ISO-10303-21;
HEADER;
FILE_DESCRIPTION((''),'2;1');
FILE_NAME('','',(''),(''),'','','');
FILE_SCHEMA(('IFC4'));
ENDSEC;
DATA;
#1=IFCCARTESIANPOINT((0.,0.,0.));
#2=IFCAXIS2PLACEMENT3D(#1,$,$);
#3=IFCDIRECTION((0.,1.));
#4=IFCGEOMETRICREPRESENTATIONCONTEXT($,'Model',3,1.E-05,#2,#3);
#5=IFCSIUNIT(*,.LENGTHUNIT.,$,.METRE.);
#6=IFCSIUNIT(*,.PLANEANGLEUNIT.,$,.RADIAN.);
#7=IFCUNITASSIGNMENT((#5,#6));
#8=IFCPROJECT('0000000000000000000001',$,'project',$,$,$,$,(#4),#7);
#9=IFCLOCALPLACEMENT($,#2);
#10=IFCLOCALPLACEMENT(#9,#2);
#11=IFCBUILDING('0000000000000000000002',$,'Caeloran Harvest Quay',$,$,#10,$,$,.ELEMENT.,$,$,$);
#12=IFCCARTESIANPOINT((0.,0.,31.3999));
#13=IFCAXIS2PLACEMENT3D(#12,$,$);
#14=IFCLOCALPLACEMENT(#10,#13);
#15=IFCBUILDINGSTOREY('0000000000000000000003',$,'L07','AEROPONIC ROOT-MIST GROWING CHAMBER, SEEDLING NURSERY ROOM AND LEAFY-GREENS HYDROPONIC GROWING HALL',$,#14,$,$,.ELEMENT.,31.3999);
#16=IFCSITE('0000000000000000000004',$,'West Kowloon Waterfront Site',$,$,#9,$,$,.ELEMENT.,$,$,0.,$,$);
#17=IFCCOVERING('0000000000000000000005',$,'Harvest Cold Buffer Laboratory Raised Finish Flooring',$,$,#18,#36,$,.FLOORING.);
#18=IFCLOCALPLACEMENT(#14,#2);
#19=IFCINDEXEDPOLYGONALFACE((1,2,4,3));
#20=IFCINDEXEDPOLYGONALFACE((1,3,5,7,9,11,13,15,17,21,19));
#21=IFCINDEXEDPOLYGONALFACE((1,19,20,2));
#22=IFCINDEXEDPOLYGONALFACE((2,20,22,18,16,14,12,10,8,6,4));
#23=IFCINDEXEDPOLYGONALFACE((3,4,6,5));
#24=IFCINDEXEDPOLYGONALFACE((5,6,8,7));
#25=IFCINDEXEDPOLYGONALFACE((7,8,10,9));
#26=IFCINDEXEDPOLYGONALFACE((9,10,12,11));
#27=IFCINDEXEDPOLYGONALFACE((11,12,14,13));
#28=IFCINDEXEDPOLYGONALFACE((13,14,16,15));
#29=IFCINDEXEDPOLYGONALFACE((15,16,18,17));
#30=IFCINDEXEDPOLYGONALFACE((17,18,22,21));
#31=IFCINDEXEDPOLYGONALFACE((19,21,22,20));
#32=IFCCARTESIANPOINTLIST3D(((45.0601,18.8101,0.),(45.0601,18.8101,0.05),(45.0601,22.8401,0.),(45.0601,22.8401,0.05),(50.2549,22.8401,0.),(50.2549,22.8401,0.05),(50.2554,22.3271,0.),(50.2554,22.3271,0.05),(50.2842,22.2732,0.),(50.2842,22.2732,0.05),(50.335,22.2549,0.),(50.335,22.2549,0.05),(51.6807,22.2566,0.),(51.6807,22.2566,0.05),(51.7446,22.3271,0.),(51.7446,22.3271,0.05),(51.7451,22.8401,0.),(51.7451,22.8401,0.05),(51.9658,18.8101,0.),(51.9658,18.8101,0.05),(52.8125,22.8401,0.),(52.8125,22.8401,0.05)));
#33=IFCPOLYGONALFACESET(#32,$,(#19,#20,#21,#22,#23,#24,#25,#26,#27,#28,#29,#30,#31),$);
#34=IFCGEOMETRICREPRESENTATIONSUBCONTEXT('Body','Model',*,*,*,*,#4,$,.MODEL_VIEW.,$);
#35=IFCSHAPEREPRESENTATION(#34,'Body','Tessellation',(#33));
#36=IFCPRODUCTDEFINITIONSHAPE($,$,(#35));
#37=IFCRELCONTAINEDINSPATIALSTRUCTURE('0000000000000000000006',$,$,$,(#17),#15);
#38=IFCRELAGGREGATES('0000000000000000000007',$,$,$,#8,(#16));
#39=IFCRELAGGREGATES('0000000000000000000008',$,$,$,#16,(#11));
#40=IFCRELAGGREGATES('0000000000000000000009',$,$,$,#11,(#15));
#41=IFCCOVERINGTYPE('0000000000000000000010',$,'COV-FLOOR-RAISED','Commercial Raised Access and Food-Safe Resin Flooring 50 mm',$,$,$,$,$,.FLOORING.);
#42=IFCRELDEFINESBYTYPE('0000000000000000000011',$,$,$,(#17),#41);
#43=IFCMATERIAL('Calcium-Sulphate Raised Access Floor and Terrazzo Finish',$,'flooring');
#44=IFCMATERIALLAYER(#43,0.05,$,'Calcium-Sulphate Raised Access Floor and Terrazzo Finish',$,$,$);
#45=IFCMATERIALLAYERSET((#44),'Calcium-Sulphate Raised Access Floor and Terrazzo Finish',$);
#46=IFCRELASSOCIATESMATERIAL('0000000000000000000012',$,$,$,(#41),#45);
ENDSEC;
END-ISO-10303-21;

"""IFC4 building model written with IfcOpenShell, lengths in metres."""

from ifc_helpers import new_model, si_unit, direction, frame, origin, place, context, subcontext, project, spatial, polyline, outline, extrude, material, layer, layer_set, type_object, element, save


model = new_model("IFC4")

# Units and contexts
model_context = context("Model", 3, precision=1e-05, world=origin(), true_north=direction((0.0, 1.0)))
body_context = subcontext(model_context, "Body", "Model", "MODEL_VIEW")
ifc_project = project(units=[si_unit("LENGTHUNIT", "METRE"), si_unit("PLANEANGLEUNIT", "RADIAN")], contexts=[model_context])

# Site, building, storey
site_placement = place(None, origin())
site = spatial("IfcSite", under=ifc_project, at=site_placement, Name="West Kowloon Waterfront Site", CompositionType="ELEMENT", RefElevation=0.0)
building_placement = place(site_placement, origin())
building = spatial("IfcBuilding", under=site, at=building_placement, Name="Caeloran Harvest Quay", CompositionType="ELEMENT")
storey_placement = place(building_placement, frame((0.0, 0.0, 31.3999)))
storey = spatial("IfcBuildingStorey", under=building, at=storey_placement, Name="L07", Description="AEROPONIC ROOT-MIST GROWING CHAMBER, SEEDLING NURSERY ROOM AND LEAFY-GREENS HYDROPONIC GROWING HALL", CompositionType="ELEMENT", Elevation=31.3999)

# Covering
ifc_material_1 = material(Name="Calcium-Sulphate Raised Access Floor and Terrazzo Finish", Category="flooring")
ifc_layer_1 = layer(ifc_material_1, 0.05, Name="Calcium-Sulphate Raised Access Floor and Terrazzo Finish")
ifc_layer_set_1 = layer_set([ifc_layer_1], Name="Calcium-Sulphate Raised Access Floor and Terrazzo Finish")
covering_type_1 = type_object("IfcCoveringType", Name="COV-FLOOR-RAISED", Description="Commercial Raised Access and Food-Safe Resin Flooring 50 mm", PredefinedType="FLOORING", material=ifc_layer_set_1)
covering_1_placement = place(storey_placement, origin())
element("IfcCovering", 1, at=covering_1_placement, inside=storey, type_object=covering_type_1, Name="Harvest Cold Buffer Laboratory Raised Finish Flooring", PredefinedType="FLOORING", context=body_context, shape_type="SweptSolid", body=[
    extrude(outline(polyline([(45.0601, 18.8101), (45.0601, 22.8401), (50.2549, 22.8401), (50.2554, 22.3271), (50.2842, 22.2732), (50.335, 22.2549), (51.6807, 22.2566), (51.7446, 22.3271), (51.7451, 22.8401), (52.8125, 22.8401), (51.9658, 18.8101), (45.0601, 18.8101)])), origin(), (0.0, 0.0, 1.0), 0.05),
])

save(model, "model.ifc")
